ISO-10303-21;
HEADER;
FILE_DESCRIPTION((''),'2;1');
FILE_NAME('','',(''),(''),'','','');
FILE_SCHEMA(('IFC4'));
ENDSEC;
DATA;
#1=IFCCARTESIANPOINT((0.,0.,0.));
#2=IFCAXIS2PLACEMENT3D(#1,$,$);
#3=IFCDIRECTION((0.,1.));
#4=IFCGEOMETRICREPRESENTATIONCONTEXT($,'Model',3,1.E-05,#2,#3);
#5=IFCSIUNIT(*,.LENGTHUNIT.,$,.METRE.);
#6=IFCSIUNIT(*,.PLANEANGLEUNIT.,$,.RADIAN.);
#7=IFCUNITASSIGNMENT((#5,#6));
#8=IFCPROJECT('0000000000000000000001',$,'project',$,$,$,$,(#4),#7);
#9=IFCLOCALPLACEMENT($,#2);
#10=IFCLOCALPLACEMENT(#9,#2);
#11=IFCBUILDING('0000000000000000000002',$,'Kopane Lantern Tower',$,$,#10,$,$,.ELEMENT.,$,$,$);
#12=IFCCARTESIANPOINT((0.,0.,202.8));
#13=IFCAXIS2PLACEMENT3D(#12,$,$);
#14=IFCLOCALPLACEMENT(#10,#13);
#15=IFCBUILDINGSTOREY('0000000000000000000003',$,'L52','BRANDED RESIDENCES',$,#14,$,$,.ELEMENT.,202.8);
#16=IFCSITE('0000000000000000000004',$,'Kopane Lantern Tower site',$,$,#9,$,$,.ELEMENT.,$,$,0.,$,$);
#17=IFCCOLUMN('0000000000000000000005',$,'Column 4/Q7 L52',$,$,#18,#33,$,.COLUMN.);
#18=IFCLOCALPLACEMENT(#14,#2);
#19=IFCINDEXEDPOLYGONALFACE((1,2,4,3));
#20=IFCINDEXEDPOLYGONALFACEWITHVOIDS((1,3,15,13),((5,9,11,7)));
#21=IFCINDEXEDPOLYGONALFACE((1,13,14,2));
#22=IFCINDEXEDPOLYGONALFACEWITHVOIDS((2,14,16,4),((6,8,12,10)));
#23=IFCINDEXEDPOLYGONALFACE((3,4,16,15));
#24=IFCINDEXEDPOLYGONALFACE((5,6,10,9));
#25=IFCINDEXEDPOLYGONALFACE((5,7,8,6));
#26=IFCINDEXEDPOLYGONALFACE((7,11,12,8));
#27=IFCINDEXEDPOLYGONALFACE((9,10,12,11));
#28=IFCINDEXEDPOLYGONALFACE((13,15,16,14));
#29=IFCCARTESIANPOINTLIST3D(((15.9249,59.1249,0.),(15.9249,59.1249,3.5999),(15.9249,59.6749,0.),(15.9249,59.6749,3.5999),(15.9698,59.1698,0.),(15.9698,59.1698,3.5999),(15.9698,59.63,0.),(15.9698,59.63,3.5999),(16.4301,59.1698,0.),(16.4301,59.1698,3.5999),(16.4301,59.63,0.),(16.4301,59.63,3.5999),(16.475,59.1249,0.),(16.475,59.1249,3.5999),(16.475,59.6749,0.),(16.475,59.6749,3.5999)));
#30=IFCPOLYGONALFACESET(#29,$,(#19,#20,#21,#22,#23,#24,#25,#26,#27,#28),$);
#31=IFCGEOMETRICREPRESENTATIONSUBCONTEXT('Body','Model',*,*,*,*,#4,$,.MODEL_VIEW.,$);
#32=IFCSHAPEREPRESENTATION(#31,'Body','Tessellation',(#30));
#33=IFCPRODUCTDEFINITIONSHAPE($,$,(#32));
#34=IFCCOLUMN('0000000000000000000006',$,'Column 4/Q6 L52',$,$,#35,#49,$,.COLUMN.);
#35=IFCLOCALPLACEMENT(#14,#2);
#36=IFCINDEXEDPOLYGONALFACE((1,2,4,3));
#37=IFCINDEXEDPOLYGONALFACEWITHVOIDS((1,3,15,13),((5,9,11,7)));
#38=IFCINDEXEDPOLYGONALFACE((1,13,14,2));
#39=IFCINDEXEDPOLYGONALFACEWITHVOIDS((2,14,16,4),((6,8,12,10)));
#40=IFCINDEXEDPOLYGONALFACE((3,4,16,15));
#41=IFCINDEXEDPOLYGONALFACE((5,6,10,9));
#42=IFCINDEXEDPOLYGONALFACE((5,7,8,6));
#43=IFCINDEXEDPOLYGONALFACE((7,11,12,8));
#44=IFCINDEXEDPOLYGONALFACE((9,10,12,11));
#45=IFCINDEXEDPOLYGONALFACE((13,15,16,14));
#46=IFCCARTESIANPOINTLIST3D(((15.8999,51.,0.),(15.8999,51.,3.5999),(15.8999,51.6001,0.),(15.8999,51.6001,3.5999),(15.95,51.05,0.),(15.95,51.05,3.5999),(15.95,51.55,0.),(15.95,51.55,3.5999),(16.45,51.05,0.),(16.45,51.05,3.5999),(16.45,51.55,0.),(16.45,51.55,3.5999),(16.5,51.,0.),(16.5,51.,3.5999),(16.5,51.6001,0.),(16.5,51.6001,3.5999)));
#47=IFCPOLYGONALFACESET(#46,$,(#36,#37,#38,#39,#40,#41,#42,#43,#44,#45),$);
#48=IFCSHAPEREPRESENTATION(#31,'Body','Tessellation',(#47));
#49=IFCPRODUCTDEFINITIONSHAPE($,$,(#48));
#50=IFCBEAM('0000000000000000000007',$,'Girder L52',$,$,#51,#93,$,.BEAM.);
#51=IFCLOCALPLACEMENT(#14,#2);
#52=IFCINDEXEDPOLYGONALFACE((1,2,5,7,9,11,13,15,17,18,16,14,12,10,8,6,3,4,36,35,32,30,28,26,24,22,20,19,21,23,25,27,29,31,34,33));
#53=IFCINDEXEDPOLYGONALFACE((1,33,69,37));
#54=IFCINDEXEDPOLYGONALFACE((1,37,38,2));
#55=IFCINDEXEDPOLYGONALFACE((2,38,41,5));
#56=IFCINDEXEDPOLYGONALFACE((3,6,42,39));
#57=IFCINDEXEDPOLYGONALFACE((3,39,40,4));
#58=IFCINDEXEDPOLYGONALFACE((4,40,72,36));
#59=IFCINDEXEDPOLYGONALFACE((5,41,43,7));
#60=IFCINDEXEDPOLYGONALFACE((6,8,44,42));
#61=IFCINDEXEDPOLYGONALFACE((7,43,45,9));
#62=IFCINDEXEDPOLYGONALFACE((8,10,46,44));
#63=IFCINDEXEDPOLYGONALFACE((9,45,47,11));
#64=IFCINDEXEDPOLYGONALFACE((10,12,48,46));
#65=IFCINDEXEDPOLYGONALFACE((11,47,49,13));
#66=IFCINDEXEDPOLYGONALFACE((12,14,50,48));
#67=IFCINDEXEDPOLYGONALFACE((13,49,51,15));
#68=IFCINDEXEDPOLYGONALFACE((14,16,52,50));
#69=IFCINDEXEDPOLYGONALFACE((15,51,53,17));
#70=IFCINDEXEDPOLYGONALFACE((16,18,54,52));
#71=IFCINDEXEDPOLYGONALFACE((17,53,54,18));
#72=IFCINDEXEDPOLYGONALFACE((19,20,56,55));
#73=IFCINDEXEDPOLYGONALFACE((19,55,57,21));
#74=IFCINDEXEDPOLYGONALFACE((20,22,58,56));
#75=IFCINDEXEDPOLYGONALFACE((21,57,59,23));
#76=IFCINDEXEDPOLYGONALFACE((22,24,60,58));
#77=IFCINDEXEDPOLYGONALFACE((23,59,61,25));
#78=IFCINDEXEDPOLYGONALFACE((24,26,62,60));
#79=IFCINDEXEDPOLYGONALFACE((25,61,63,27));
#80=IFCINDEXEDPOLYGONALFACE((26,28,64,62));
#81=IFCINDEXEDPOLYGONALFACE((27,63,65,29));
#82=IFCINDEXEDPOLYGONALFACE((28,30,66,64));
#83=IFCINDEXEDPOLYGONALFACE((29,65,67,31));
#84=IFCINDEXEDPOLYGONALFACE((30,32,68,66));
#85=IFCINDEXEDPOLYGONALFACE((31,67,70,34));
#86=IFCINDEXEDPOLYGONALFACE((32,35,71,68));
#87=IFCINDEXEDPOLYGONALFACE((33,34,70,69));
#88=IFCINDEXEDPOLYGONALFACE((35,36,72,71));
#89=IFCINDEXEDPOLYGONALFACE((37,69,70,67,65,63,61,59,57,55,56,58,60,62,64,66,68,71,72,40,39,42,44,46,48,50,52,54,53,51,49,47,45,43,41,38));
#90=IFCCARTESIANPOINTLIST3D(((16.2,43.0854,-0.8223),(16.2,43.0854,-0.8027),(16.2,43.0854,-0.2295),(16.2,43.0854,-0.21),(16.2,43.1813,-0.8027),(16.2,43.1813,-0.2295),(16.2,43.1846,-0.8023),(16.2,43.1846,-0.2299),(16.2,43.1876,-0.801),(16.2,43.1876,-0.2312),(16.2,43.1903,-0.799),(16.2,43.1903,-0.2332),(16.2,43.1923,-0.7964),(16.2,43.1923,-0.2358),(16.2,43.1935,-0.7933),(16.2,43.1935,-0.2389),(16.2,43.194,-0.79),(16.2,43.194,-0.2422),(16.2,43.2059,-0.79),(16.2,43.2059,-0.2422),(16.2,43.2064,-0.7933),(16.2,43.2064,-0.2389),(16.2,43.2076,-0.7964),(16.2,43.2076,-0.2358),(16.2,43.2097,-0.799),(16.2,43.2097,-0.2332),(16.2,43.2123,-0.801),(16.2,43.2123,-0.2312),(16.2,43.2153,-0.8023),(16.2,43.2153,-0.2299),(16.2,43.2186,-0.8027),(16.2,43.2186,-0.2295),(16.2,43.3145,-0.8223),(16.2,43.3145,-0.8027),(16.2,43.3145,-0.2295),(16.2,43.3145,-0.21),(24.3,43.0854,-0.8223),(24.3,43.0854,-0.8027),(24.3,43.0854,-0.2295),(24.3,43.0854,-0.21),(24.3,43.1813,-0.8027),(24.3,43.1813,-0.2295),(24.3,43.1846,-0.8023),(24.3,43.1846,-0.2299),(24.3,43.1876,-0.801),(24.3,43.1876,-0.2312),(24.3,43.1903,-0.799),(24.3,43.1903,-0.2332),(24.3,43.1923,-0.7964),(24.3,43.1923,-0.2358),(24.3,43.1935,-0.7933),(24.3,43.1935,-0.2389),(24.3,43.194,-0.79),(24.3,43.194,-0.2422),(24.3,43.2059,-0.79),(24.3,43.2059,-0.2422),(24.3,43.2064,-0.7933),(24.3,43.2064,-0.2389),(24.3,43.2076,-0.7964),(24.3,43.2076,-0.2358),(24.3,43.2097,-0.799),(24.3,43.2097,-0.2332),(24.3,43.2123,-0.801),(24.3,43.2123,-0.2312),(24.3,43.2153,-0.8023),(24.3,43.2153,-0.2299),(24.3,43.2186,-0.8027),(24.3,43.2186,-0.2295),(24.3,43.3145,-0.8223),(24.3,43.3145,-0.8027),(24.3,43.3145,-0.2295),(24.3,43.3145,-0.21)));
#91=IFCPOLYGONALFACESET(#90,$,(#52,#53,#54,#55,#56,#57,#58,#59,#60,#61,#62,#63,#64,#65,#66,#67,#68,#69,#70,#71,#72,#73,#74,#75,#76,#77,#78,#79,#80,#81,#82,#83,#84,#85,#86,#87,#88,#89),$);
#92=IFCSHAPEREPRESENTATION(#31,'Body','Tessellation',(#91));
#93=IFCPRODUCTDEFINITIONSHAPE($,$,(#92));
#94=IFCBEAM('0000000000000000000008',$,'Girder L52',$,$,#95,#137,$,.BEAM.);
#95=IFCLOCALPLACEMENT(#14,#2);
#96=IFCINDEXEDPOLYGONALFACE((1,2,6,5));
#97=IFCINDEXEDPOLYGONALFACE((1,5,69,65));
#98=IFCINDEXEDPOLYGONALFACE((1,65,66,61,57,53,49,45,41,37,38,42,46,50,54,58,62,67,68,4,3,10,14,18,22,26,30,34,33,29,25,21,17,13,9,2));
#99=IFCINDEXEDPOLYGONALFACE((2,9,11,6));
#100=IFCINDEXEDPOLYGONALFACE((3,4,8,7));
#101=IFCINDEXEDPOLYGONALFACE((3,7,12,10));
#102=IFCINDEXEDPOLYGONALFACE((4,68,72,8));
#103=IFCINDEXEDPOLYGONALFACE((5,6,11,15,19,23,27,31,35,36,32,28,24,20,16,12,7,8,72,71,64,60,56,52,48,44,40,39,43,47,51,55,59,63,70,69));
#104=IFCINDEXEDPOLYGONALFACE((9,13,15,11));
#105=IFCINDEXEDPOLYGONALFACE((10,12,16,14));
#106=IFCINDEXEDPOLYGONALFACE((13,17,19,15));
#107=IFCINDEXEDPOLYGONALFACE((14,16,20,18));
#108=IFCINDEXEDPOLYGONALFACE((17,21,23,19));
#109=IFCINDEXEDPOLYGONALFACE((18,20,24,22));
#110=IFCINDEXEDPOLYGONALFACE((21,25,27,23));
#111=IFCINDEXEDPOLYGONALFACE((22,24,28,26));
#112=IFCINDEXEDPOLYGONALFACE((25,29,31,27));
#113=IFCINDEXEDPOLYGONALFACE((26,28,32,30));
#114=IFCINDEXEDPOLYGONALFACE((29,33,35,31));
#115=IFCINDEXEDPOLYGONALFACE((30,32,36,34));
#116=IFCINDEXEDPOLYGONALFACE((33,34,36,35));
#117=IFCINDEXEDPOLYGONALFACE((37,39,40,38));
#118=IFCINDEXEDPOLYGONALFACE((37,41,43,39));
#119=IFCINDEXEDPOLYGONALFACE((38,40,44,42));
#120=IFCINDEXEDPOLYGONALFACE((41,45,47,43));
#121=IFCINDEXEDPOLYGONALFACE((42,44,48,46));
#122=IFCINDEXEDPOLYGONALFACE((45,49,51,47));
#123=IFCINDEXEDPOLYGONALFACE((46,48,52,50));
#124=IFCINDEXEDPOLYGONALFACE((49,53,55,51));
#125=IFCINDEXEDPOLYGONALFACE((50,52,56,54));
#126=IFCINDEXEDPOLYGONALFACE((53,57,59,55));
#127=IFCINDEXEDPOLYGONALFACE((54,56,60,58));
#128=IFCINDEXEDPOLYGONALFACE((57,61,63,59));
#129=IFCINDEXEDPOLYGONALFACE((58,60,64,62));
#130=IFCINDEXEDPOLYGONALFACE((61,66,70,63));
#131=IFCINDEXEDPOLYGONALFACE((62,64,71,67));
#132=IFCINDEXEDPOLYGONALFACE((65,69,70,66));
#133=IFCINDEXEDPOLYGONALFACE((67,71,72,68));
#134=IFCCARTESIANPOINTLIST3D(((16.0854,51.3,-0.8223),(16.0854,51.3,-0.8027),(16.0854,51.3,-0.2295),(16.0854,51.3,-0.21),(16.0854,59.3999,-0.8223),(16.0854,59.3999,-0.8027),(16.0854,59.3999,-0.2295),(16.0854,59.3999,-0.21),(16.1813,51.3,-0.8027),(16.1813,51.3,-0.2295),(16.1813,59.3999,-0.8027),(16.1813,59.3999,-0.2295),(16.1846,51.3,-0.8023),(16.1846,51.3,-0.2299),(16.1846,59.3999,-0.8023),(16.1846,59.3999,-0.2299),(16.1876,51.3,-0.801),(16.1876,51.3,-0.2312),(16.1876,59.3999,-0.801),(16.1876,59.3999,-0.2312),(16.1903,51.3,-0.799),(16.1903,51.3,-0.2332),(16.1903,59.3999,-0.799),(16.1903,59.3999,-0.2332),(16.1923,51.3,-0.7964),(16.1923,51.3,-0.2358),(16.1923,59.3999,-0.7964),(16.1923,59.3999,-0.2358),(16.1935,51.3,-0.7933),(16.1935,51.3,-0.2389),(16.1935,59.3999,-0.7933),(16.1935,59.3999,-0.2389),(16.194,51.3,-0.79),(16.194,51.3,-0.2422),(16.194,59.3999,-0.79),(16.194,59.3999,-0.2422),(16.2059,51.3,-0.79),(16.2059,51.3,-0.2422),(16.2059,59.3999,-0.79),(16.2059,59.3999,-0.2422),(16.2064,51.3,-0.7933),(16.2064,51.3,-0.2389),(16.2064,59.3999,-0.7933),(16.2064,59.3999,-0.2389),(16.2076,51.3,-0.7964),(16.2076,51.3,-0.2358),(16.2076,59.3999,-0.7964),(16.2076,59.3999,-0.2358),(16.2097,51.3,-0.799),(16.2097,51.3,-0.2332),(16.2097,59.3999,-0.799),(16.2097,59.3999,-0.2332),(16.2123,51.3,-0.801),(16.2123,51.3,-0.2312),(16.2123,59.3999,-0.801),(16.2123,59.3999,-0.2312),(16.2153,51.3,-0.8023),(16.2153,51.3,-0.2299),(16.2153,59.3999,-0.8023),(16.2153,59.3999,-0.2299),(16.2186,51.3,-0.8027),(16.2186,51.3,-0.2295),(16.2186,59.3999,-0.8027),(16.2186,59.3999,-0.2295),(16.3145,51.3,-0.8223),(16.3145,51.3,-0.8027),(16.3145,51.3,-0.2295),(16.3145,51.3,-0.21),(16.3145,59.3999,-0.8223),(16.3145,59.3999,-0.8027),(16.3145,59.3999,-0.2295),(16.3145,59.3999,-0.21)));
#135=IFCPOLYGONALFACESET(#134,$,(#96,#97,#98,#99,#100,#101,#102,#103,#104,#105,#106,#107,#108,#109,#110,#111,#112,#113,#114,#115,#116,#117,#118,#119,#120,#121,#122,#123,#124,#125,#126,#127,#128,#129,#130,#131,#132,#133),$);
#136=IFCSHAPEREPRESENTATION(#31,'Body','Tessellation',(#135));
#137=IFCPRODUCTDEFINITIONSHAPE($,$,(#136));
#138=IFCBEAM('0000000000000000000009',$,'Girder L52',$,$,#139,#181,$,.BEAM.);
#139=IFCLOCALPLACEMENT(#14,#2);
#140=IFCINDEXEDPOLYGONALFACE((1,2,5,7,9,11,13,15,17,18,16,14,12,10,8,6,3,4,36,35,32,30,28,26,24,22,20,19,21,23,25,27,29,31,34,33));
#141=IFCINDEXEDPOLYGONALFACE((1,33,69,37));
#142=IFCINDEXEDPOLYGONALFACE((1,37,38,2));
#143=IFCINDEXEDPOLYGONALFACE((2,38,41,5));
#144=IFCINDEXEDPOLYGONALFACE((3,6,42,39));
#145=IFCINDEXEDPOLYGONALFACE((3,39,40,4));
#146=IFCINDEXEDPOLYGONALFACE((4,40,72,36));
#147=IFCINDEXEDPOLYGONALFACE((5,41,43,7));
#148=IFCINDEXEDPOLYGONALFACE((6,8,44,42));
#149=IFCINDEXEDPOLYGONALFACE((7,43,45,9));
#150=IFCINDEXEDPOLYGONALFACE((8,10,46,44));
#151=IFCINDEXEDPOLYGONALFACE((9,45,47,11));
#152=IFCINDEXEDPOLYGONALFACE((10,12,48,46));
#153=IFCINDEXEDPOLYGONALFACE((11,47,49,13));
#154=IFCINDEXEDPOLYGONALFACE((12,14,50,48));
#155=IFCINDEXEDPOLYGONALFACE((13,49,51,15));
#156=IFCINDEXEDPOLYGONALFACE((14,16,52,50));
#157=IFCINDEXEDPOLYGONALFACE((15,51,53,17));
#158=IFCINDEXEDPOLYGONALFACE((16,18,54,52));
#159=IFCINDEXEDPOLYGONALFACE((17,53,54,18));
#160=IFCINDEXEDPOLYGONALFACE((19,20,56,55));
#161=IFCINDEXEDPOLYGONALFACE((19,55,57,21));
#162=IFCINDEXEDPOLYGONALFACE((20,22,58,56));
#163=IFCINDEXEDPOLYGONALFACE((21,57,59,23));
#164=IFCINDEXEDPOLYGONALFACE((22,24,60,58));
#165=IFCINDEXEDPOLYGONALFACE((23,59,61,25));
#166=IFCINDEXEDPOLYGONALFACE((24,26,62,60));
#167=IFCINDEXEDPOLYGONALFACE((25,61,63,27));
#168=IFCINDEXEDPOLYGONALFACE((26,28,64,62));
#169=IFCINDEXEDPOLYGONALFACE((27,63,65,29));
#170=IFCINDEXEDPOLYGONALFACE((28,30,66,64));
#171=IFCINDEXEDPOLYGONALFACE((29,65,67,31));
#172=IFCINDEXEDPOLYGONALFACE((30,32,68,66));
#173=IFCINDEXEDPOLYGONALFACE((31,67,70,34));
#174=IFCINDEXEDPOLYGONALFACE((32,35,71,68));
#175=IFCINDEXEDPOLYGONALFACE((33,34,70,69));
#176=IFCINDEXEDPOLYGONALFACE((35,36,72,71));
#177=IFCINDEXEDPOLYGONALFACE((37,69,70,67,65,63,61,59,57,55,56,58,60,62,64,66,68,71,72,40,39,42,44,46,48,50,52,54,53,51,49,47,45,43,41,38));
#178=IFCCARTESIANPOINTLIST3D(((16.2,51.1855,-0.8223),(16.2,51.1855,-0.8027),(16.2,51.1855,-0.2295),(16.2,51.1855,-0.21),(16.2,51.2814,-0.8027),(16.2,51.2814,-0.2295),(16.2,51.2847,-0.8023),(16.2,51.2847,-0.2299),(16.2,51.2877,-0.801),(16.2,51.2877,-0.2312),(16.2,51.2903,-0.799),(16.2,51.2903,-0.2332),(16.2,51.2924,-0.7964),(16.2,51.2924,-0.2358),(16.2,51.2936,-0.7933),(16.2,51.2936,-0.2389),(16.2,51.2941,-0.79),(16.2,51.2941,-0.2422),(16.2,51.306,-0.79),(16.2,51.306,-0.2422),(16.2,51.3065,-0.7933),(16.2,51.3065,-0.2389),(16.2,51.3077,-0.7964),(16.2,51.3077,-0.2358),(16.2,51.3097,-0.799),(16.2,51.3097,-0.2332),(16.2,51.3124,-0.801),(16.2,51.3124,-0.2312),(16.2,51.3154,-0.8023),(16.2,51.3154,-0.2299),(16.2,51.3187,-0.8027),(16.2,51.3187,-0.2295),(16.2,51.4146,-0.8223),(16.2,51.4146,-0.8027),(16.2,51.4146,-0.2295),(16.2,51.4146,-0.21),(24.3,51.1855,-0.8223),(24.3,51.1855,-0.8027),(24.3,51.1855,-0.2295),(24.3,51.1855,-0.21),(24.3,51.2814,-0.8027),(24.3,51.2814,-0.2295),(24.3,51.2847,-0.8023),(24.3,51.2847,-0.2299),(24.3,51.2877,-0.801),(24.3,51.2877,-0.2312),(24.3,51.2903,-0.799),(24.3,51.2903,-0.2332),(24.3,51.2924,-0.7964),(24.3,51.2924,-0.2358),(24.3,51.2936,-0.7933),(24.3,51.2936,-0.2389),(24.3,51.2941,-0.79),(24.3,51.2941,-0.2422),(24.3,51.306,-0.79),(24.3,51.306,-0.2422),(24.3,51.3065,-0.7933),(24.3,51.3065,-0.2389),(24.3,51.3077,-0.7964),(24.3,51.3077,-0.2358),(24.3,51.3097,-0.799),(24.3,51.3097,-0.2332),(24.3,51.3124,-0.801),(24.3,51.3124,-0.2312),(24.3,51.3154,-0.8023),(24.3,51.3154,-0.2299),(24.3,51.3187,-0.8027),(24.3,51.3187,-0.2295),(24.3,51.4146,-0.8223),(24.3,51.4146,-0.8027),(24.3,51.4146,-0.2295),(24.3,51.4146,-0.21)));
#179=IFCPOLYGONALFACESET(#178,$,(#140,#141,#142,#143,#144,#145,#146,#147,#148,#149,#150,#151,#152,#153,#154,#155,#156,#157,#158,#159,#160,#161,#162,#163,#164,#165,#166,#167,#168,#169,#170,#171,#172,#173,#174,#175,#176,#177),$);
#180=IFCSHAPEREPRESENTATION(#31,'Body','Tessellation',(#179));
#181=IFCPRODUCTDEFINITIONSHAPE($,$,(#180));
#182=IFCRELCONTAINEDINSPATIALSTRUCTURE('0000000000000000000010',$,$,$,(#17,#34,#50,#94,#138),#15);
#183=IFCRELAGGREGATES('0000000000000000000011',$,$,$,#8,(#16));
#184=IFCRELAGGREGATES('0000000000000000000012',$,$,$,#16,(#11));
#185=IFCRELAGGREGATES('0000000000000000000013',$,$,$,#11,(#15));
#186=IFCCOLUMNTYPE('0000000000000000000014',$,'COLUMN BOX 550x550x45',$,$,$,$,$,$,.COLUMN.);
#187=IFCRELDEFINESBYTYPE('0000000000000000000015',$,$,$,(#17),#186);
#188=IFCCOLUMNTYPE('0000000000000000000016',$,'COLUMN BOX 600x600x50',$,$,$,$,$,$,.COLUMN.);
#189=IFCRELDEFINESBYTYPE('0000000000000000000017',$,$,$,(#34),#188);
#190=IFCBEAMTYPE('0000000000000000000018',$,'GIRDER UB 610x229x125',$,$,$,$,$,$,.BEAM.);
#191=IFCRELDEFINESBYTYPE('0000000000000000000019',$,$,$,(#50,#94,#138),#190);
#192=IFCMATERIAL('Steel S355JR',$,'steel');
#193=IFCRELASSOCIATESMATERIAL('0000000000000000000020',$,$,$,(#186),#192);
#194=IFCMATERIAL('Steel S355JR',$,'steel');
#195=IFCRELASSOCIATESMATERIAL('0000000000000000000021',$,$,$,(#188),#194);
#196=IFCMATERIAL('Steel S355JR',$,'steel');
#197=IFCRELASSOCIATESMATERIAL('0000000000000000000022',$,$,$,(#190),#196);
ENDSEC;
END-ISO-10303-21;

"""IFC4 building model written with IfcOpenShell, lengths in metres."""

from ifc_helpers import new_model, si_unit, direction, frame, origin, origin_2d, place, context, subcontext, project, spatial, hollow_rectangle, i_section, extrude, material, material_profile, profile_set, type_object, element, save


model = new_model("IFC4")

# Units and contexts
model_context = context("Model", 3, precision=1e-05, world=origin(), true_north=direction((0.0, 1.0)))
body_context = subcontext(model_context, "Body", "Model", "MODEL_VIEW")
ifc_project = project(units=[si_unit("LENGTHUNIT", "METRE"), si_unit("PLANEANGLEUNIT", "RADIAN")], contexts=[model_context])

# Site, building, storey
site_placement = place(None, origin())
site = spatial("IfcSite", under=ifc_project, at=site_placement, Name="Kopane Lantern Tower site", CompositionType="ELEMENT", RefElevation=0.0)
building_placement = place(site_placement, origin())
building = spatial("IfcBuilding", under=site, at=building_placement, Name="Kopane Lantern Tower", CompositionType="ELEMENT")
storey_placement = place(building_placement, frame((0.0, 0.0, 202.8)))
storey = spatial("IfcBuildingStorey", under=building, at=storey_placement, Name="L52", Description="BRANDED RESIDENCES", CompositionType="ELEMENT", Elevation=202.8)

# Columns
ifc_material_1 = material(Name="Steel S355JR", Category="steel")
ifc_material_profile_1 = material_profile(ifc_material_1, hollow_rectangle(XDim=0.55, YDim=0.55, WallThickness=0.0449, at=origin_2d()), Name="BOX 550x550x45")
ifc_profile_set_1 = profile_set([ifc_material_profile_1], Name="Steel S355JR")
column_type_1 = type_object("IfcColumnType", Name="COLUMN BOX 550x550x45", PredefinedType="COLUMN", material=ifc_profile_set_1)
column_1_placement = place(storey_placement, frame((16.2, 59.3999, 0.0), z_axis=(0.0, 0.0, 1.0), x_axis=(1.0, 0.0, 0.0)))
element("IfcColumn", 1, at=column_1_placement, inside=storey, type_object=column_type_1, Name="Column 4/Q7 L52", PredefinedType="COLUMN", context=body_context, shape_type="SweptSolid", body=[
    extrude(hollow_rectangle(XDim=0.55, YDim=0.55, WallThickness=0.0449, at=origin_2d()), origin(), (0.0, 0.0, 1.0), 3.5999),
])
ifc_material_2 = material(Name="Steel S355JR", Category="steel")
ifc_material_profile_2 = material_profile(ifc_material_2, hollow_rectangle(XDim=0.6001, YDim=0.6001, WallThickness=0.05, at=origin_2d()), Name="BOX 600x600x50")
ifc_profile_set_2 = profile_set([ifc_material_profile_2], Name="Steel S355JR")
column_type_2 = type_object("IfcColumnType", Name="COLUMN BOX 600x600x50", PredefinedType="COLUMN", material=ifc_profile_set_2)
column_2_placement = place(storey_placement, frame((16.2, 51.3, 0.0), z_axis=(0.0, 0.0, 1.0), x_axis=(1.0, 0.0, 0.0)))
element("IfcColumn", 2, at=column_2_placement, inside=storey, type_object=column_type_2, Name="Column 4/Q6 L52", PredefinedType="COLUMN", context=body_context, shape_type="SweptSolid", body=[
    extrude(hollow_rectangle(XDim=0.6001, YDim=0.6001, WallThickness=0.05, at=origin_2d()), origin(), (0.0, 0.0, 1.0), 3.5999),
])

# Beams
ifc_material_3 = material(Name="Steel S355JR", Category="steel")
ifc_material_profile_3 = material_profile(ifc_material_3, i_section(OverallWidth=0.229, OverallDepth=0.6123, WebThickness=0.012, FlangeThickness=0.0195, FilletRadius=0.0127, at=origin_2d()), Name="UB 610x229x125")
ifc_profile_set_3 = profile_set([ifc_material_profile_3], Name="Steel S355JR")
beam_type = type_object("IfcBeamType", Name="GIRDER UB 610x229x125", PredefinedType="BEAM", material=ifc_profile_set_3)
beam_1_placement = place(storey_placement, frame((16.2, 43.2, -0.5161), z_axis=(1.0, 0.0, 0.0), x_axis=(0.0, 1.0, 0.0)))
element("IfcBeam", 3, at=beam_1_placement, inside=storey, type_object=beam_type, Name="Girder L52", PredefinedType="BEAM", context=body_context, shape_type="SweptSolid", body=[
    extrude(i_section(OverallWidth=0.229, OverallDepth=0.6123, WebThickness=0.012, FlangeThickness=0.0195, FilletRadius=0.0127, at=origin_2d()), origin(), (0.0, 0.0, 1.0), 8.1001),
])
beam_2_placement = place(storey_placement, frame((16.2, 51.3, -0.5161), z_axis=(0.0, 1.0, 0.0), x_axis=(-1.0, 0.0, 0.0)))
element("IfcBeam", 4, at=beam_2_placement, inside=storey, type_object=beam_type, Name="Girder L52", PredefinedType="BEAM", context=body_context, shape_type="SweptSolid", body=[
    extrude(i_section(OverallWidth=0.229, OverallDepth=0.6123, WebThickness=0.012, FlangeThickness=0.0195, FilletRadius=0.0127, at=origin_2d()), origin(), (0.0, 0.0, 1.0), 8.0999),
])
for number, where, z_axis, x_axis, name in (
    (5, (16.2, 51.3, -0.5161), (1.0, 0.0, 0.0), (0.0, 1.0, 0.0), "Girder L52"),
):
    element("IfcBeam", number, at=place(storey_placement, frame(where, z_axis=z_axis, x_axis=x_axis)), inside=storey, type_object=beam_type, Name=name, PredefinedType="BEAM", context=body_context, shape_type="SweptSolid", body=[
        extrude(i_section(OverallWidth=0.229, OverallDepth=0.6123, WebThickness=0.012, FlangeThickness=0.0195, FilletRadius=0.0127, at=origin_2d()), origin(), (0.0, 0.0, 1.0), 8.1001),
    ])

save(model, "model.ifc")
